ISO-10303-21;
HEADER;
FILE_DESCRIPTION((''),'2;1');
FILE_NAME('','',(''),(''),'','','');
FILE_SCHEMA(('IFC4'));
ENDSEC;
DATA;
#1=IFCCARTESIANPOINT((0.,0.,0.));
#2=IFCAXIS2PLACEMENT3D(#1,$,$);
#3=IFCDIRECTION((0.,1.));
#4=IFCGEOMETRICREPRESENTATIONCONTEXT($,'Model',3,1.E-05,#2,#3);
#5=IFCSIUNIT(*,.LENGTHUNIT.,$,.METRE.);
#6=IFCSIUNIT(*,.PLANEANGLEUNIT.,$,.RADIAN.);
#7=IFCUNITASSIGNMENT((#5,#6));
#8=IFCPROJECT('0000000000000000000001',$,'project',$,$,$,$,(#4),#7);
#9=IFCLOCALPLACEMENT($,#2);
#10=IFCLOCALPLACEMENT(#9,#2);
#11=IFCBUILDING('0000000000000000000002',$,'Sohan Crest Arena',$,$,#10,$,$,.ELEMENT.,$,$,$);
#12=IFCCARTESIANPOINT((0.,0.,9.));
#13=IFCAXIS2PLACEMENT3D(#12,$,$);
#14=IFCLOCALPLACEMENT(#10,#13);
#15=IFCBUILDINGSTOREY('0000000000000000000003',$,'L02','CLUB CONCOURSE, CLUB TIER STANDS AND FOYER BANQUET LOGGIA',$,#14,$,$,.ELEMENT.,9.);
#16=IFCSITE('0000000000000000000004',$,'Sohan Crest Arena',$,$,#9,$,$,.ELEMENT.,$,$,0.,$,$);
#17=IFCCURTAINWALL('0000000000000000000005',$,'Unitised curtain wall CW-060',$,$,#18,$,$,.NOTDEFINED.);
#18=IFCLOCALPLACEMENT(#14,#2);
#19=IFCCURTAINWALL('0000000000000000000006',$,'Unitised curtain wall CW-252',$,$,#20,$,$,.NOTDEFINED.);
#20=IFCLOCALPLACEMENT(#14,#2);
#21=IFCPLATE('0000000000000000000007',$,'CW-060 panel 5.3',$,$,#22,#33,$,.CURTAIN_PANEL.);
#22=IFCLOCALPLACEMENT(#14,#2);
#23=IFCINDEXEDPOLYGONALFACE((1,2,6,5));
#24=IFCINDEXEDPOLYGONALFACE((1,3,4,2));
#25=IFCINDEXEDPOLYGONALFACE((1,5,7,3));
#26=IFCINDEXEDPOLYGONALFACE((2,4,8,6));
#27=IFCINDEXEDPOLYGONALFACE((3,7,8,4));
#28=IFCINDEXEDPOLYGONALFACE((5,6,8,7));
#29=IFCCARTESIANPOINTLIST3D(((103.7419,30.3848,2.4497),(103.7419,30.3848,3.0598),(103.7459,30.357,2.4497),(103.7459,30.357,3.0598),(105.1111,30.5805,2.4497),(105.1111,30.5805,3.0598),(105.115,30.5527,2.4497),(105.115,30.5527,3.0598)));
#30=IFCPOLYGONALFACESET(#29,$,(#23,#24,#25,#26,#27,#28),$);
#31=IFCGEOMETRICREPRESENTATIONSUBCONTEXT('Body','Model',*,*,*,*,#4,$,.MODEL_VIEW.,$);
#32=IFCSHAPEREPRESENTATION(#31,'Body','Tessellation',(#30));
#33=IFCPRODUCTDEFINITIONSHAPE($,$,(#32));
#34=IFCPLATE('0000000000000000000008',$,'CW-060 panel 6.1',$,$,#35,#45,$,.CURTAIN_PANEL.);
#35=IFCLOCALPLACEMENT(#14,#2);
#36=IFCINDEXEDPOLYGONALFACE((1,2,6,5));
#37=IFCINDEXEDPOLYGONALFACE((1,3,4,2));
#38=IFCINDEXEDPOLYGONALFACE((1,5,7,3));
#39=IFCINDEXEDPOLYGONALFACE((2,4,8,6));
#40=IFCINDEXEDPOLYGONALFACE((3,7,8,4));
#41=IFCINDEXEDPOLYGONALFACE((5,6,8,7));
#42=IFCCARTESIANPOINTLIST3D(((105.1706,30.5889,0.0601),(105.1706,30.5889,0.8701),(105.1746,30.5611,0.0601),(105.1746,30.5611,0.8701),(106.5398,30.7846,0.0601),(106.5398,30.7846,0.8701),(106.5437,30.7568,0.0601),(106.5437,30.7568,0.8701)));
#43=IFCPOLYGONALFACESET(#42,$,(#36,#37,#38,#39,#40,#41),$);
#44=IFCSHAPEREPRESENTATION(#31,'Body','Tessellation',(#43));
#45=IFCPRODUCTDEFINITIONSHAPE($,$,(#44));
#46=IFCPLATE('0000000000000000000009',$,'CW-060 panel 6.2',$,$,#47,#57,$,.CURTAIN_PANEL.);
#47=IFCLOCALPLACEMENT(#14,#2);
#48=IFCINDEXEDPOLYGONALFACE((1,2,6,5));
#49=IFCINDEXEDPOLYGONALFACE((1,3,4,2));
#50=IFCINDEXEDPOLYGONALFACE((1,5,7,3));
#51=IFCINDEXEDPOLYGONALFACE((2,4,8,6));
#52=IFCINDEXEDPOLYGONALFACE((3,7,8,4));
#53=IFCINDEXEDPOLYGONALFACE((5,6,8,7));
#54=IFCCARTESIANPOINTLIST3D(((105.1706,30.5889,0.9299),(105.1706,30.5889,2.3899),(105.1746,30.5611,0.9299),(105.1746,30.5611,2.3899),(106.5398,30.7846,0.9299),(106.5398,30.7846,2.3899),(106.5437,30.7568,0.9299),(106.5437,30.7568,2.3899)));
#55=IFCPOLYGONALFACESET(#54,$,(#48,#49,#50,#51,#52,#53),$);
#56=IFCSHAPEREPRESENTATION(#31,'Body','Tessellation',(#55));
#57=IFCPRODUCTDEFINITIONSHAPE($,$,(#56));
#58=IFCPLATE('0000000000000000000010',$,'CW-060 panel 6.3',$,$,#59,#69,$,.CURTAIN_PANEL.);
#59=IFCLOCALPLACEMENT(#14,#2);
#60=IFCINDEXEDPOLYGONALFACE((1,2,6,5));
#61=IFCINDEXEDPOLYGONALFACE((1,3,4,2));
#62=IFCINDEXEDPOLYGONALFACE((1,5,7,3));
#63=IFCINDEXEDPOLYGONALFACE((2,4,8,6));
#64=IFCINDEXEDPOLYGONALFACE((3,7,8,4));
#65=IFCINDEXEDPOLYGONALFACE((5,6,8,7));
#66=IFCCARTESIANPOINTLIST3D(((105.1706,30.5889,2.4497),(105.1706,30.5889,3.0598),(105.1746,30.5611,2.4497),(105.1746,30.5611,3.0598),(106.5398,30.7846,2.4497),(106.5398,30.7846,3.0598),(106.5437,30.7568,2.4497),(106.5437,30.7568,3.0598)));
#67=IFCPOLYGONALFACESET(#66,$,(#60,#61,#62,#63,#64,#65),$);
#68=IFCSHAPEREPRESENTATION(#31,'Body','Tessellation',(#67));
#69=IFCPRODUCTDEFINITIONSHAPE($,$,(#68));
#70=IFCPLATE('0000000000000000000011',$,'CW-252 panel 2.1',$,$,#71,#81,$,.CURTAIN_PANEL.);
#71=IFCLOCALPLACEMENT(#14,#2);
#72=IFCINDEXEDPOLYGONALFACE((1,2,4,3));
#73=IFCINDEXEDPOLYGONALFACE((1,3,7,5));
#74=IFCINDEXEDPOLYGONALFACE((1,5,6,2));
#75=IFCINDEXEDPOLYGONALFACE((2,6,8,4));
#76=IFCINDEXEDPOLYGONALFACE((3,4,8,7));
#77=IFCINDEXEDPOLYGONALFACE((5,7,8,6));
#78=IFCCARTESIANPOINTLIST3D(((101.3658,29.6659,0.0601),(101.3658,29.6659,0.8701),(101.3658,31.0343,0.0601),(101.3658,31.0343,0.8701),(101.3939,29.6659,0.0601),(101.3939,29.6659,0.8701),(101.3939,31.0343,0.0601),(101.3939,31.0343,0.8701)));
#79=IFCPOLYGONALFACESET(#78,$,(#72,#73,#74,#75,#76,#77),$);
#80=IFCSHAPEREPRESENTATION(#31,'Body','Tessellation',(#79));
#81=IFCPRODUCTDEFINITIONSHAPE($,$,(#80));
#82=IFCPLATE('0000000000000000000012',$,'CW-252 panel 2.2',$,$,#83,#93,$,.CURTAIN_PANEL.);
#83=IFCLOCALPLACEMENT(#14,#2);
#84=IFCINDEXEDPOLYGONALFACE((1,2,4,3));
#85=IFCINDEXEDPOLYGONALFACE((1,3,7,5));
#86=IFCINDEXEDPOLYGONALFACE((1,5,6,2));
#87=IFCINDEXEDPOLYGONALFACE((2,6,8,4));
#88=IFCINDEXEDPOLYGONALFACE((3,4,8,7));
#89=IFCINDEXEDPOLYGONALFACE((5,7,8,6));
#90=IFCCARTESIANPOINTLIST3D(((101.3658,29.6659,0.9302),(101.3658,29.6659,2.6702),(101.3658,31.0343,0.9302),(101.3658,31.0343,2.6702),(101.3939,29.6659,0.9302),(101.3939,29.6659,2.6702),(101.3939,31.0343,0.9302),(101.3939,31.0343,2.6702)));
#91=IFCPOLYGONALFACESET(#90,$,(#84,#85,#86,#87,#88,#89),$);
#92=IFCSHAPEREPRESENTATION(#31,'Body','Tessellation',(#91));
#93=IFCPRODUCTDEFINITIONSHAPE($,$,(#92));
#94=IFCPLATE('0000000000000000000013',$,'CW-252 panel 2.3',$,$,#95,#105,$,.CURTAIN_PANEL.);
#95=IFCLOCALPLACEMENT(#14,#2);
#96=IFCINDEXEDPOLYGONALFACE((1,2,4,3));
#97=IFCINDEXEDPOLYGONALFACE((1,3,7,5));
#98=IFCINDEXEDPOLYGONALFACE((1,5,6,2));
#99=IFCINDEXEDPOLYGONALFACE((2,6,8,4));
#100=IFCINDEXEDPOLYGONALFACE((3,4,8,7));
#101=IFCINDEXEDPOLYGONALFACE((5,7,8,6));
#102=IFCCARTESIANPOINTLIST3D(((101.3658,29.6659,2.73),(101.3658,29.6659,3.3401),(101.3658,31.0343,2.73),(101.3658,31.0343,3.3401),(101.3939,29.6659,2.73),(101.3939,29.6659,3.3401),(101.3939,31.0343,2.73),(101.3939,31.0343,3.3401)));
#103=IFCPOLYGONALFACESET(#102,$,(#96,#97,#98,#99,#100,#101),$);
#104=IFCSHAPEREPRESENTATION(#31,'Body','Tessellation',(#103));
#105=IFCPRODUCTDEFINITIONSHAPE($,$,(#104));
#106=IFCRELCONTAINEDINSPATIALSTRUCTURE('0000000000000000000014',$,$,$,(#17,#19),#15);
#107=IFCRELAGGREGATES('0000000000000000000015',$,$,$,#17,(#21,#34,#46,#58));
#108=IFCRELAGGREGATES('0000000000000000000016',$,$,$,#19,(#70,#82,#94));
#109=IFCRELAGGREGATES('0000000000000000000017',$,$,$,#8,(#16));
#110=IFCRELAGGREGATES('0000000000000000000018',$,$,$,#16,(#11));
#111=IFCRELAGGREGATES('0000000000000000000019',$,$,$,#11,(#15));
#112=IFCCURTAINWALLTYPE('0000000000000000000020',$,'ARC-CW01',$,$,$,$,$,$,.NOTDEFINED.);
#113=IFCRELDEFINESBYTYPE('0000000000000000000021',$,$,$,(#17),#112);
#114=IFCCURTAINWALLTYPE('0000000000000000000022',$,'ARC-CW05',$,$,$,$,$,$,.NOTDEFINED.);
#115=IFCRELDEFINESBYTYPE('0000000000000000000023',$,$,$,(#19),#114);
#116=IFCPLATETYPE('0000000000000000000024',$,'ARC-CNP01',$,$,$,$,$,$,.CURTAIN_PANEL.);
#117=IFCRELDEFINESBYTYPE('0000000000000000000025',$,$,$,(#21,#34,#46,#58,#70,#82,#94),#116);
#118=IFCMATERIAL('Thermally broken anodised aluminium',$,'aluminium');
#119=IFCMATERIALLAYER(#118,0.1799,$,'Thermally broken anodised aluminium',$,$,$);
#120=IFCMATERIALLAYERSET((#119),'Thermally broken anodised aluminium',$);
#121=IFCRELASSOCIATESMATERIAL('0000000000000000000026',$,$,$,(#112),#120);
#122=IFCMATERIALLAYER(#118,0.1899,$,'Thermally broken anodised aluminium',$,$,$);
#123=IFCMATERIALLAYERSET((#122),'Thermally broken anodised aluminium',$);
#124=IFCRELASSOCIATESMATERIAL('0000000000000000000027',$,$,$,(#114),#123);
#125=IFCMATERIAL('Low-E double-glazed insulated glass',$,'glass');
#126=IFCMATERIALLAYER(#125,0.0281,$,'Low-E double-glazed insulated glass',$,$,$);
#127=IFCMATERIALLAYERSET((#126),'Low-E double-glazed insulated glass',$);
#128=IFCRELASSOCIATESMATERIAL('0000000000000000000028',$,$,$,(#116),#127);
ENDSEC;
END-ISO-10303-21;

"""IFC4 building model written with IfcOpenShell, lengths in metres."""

from ifc_helpers import new_model, si_unit, direction, frame, origin, origin_2d, place, context, subcontext, project, spatial, rectangle, extrude, material, layer, layer_set, type_object, element, aggregate, save


model = new_model("IFC4")

# Units and contexts
model_context = context("Model", 3, precision=1e-05, world=origin(), true_north=direction((0.0, 1.0)))
body_context = subcontext(model_context, "Body", "Model", "MODEL_VIEW")
ifc_project = project(units=[si_unit("LENGTHUNIT", "METRE"), si_unit("PLANEANGLEUNIT", "RADIAN")], contexts=[model_context])

# Site, building, storey
site_placement = place(None, origin())
site = spatial("IfcSite", under=ifc_project, at=site_placement, Name="Sohan Crest Arena", CompositionType="ELEMENT", RefElevation=0.0)
building_placement = place(site_placement, origin())
building = spatial("IfcBuilding", under=site, at=building_placement, Name="Sohan Crest Arena", CompositionType="ELEMENT")
storey_placement = place(building_placement, frame((0.0, 0.0, 9.0)))
storey = spatial("IfcBuildingStorey", under=building, at=storey_placement, Name="L02", Description="CLUB CONCOURSE, CLUB TIER STANDS AND FOYER BANQUET LOGGIA", CompositionType="ELEMENT", Elevation=9.0)

# Curtain walls
ifc_material_1 = material(Name="Thermally broken anodised aluminium", Category="aluminium")
ifc_layer_1 = layer(ifc_material_1, 0.1799, Name="Thermally broken anodised aluminium")
ifc_layer_set_1 = layer_set([ifc_layer_1], Name="Thermally broken anodised aluminium")
curtain_wall_type_1 = type_object("IfcCurtainWallType", Name="ARC-CW01", PredefinedType="NOTDEFINED", material=ifc_layer_set_1)
curtain_wall_1_placement = place(storey_placement, origin())
curtain_wall_1 = element("IfcCurtainWall", 1, at=curtain_wall_1_placement, inside=storey, type_object=curtain_wall_type_1, Name="Unitised curtain wall CW-060", PredefinedType="NOTDEFINED")
ifc_layer_2 = layer(ifc_material_1, 0.1899, Name="Thermally broken anodised aluminium")
ifc_layer_set_2 = layer_set([ifc_layer_2], Name="Thermally broken anodised aluminium")
curtain_wall_type_2 = type_object("IfcCurtainWallType", Name="ARC-CW05", PredefinedType="NOTDEFINED", material=ifc_layer_set_2)
curtain_wall_2_placement = place(storey_placement, origin())
curtain_wall_2 = element("IfcCurtainWall", 2, at=curtain_wall_2_placement, inside=storey, type_object=curtain_wall_type_2, Name="Unitised curtain wall CW-252", PredefinedType="NOTDEFINED")

# Plates
ifc_material_2 = material(Name="Low-E double-glazed insulated glass", Category="glass")
ifc_layer_3 = layer(ifc_material_2, 0.0281, Name="Low-E double-glazed insulated glass")
ifc_layer_set_3 = layer_set([ifc_layer_3], Name="Low-E double-glazed insulated glass")
plate_type = type_object("IfcPlateType", Name="ARC-CNP01", PredefinedType="CURTAIN_PANEL", material=ifc_layer_set_3)
plate_1_placement = place(storey_placement, frame((104.4285, 30.4688, 2.4497), z_axis=(0.0, 0.0, 1.0), x_axis=(0.989944, 0.141463, 0.0)))
plate_1 = element("IfcPlate", 3, at=plate_1_placement, type_object=plate_type, Name="CW-060 panel 5.3", PredefinedType="CURTAIN_PANEL", context=body_context, shape_type="SweptSolid", body=[
    extrude(rectangle(XDim=1.3831, YDim=0.0281, at=origin_2d()), origin(), (0.0, 0.0, 1.0), 0.6101),
])
plate_2_placement = place(storey_placement, frame((105.8572, 30.6729, 0.0601), z_axis=(0.0, 0.0, 1.0), x_axis=(0.989944, 0.141463, 0.0)))
plate_2 = element("IfcPlate", 4, at=plate_2_placement, type_object=plate_type, Name="CW-060 panel 6.1", PredefinedType="CURTAIN_PANEL", context=body_context, shape_type="SweptSolid", body=[
    extrude(rectangle(XDim=1.3831, YDim=0.0281, at=origin_2d()), origin(), (0.0, 0.0, 1.0), 0.8101),
])
plate_3_placement = place(storey_placement, frame((105.8572, 30.6729, 0.9299), z_axis=(0.0, 0.0, 1.0), x_axis=(0.989944, 0.141463, 0.0)))
plate_3 = element("IfcPlate", 5, at=plate_3_placement, type_object=plate_type, Name="CW-060 panel 6.2", PredefinedType="CURTAIN_PANEL", context=body_context, shape_type="SweptSolid", body=[
    extrude(rectangle(XDim=1.3831, YDim=0.0281, at=origin_2d()), origin(), (0.0, 0.0, 1.0), 1.46),
])
plate_4_placement = place(storey_placement, frame((105.8572, 30.6729, 2.4497), z_axis=(0.0, 0.0, 1.0), x_axis=(0.989944, 0.141463, 0.0)))
plate_4 = element("IfcPlate", 6, at=plate_4_placement, type_object=plate_type, Name="CW-060 panel 6.3", PredefinedType="CURTAIN_PANEL", context=body_context, shape_type="SweptSolid", body=[
    extrude(rectangle(XDim=1.3831, YDim=0.0281, at=origin_2d()), origin(), (0.0, 0.0, 1.0), 0.6101),
])
aggregate(curtain_wall_1, [plate_1, plate_2, plate_3, plate_4])
plate_5_placement = place(storey_placement, frame((101.3799, 30.3501, 0.0601), z_axis=(0.0, 0.0, 1.0), x_axis=(0.0, 1.0, 0.0)))
plate_5 = element("IfcPlate", 7, at=plate_5_placement, type_object=plate_type, Name="CW-252 panel 2.1", PredefinedType="CURTAIN_PANEL", context=body_context, shape_type="SweptSolid", body=[
    extrude(rectangle(XDim=1.3684, YDim=0.0281, at=origin_2d()), origin(), (0.0, 0.0, 1.0), 0.8101),
])
plate_6_placement = place(storey_placement, frame((101.3799, 30.3501, 0.9302), z_axis=(0.0, 0.0, 1.0), x_axis=(0.0, 1.0, 0.0)))
plate_6 = element("IfcPlate", 8, at=plate_6_placement, type_object=plate_type, Name="CW-252 panel 2.2", PredefinedType="CURTAIN_PANEL", context=body_context, shape_type="SweptSolid", body=[
    extrude(rectangle(XDim=1.3684, YDim=0.0281, at=origin_2d()), origin(), (0.0, 0.0, 1.0), 1.74),
])
plate_7_placement = place(storey_placement, frame((101.3799, 30.3501, 2.73), z_axis=(0.0, 0.0, 1.0), x_axis=(0.0, 1.0, 0.0)))
plate_7 = element("IfcPlate", 9, at=plate_7_placement, type_object=plate_type, Name="CW-252 panel 2.3", PredefinedType="CURTAIN_PANEL", context=body_context, shape_type="SweptSolid", body=[
    extrude(rectangle(XDim=1.3684, YDim=0.0281, at=origin_2d()), origin(), (0.0, 0.0, 1.0), 0.6101),
])
aggregate(curtain_wall_2, [plate_5, plate_6, plate_7])

save(model, "model.ifc")
